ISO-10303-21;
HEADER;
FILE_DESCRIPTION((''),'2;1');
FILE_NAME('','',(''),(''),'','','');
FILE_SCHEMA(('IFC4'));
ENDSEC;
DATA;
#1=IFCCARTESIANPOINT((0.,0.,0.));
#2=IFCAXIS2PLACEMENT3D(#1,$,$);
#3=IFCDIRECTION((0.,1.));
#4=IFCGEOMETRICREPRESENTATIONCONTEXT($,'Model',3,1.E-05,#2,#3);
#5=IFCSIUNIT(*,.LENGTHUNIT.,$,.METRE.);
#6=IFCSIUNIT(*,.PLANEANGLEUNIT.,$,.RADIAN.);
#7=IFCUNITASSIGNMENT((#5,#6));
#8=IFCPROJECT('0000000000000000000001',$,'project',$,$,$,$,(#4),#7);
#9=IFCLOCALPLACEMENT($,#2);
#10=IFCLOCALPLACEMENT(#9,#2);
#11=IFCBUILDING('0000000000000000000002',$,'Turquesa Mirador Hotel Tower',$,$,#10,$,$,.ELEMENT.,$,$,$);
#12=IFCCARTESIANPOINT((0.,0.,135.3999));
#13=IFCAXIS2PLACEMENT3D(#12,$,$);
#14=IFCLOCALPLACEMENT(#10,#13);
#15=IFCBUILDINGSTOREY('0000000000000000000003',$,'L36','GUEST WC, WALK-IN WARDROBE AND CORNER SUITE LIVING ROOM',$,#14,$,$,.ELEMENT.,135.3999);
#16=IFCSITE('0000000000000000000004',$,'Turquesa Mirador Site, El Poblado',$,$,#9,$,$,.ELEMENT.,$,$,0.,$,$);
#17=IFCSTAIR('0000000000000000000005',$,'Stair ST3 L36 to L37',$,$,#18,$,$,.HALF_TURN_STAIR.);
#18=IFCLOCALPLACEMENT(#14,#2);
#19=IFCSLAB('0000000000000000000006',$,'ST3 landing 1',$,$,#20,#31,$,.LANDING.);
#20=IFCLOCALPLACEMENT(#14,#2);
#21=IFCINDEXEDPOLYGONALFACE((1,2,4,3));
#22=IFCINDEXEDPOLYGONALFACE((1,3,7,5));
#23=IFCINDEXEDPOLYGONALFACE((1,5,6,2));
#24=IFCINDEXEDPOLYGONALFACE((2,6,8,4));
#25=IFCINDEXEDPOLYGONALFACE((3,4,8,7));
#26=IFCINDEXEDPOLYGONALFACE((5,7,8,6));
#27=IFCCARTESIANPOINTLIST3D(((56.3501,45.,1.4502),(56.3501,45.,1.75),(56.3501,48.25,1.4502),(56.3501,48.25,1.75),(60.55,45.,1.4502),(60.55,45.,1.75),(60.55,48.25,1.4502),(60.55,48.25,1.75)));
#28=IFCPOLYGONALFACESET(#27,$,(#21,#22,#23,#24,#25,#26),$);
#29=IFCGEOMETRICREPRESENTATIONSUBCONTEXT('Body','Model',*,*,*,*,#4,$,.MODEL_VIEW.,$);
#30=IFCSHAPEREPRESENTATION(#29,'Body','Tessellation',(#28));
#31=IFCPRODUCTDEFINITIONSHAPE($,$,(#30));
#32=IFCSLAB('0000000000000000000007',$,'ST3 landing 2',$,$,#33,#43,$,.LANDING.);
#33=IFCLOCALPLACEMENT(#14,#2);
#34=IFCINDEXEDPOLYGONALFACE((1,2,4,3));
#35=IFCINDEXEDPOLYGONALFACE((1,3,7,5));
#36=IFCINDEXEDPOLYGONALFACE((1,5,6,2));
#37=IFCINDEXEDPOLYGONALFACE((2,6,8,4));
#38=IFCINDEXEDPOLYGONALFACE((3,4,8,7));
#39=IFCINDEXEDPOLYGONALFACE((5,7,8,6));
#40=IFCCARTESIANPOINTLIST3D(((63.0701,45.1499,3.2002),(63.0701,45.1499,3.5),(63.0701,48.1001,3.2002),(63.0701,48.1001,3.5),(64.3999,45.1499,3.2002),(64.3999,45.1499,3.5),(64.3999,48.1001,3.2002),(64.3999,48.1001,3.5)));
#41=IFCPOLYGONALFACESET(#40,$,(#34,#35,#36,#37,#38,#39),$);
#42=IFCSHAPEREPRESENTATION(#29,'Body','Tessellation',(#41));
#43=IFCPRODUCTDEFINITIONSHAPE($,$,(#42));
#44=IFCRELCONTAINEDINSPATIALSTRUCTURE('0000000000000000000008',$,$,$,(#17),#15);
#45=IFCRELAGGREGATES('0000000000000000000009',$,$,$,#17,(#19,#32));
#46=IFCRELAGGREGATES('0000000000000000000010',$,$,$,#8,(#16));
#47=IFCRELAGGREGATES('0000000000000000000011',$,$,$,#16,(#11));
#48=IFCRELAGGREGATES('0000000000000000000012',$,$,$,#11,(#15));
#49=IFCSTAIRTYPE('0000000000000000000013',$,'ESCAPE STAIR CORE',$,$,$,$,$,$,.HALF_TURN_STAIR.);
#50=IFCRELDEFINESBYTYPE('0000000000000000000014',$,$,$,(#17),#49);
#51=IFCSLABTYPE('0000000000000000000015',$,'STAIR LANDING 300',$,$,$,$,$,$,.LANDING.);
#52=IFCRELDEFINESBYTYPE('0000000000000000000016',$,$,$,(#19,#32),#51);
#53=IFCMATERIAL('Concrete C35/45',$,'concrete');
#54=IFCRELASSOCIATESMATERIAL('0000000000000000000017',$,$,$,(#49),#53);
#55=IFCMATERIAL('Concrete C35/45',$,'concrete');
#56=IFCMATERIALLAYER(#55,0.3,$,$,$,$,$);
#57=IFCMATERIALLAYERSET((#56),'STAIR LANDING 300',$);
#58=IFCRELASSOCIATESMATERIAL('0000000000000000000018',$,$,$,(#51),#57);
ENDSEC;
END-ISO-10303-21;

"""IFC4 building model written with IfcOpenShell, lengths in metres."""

from ifc_helpers import new_model, si_unit, direction, frame, origin, place, context, subcontext, project, spatial, polyline, outline, extrude, material, layer, layer_set, type_object, element, aggregate, save


model = new_model("IFC4")

# Units and contexts
model_context = context("Model", 3, precision=1e-05, world=origin(), true_north=direction((0.0, 1.0)))
body_context = subcontext(model_context, "Body", "Model", "MODEL_VIEW")
ifc_project = project(units=[si_unit("LENGTHUNIT", "METRE"), si_unit("PLANEANGLEUNIT", "RADIAN")], contexts=[model_context])

# Site, building, storey
site_placement = place(None, origin())
site = spatial("IfcSite", under=ifc_project, at=site_placement, Name="Turquesa Mirador Site, El Poblado", CompositionType="ELEMENT", RefElevation=0.0)
building_placement = place(site_placement, origin())
building = spatial("IfcBuilding", under=site, at=building_placement, Name="Turquesa Mirador Hotel Tower", CompositionType="ELEMENT")
storey_placement = place(building_placement, frame((0.0, 0.0, 135.3999)))
storey = spatial("IfcBuildingStorey", under=building, at=storey_placement, Name="L36", Description="GUEST WC, WALK-IN WARDROBE AND CORNER SUITE LIVING ROOM", CompositionType="ELEMENT", Elevation=135.3999)

# Stair, slabs
ifc_material_1 = material(Name="Concrete C35/45", Category="concrete")
stair_type = type_object("IfcStairType", Name="ESCAPE STAIR CORE", PredefinedType="HALF_TURN_STAIR", material=ifc_material_1)
ifc_material_2 = material(Name="Concrete C35/45", Category="concrete")
ifc_layer_1 = layer(ifc_material_2, 0.3)
ifc_layer_set_1 = layer_set([ifc_layer_1], Name="STAIR LANDING 300")
slab_type_1 = type_object("IfcSlabType", Name="STAIR LANDING 300", PredefinedType="LANDING", material=ifc_layer_set_1)
stair_1_placement = place(storey_placement, origin())
stair_1 = element("IfcStair", 1, at=stair_1_placement, inside=storey, type_object=stair_type, Name="Stair ST3 L36 to L37", PredefinedType="HALF_TURN_STAIR")
slab_1_placement = place(storey_placement, frame((0.0, 0.0, 1.4502)))
slab_1 = element("IfcSlab", 2, at=slab_1_placement, type_object=slab_type_1, Name="ST3 landing 1", PredefinedType="LANDING", context=body_context, shape_type="SweptSolid", body=[
    extrude(outline(polyline([(56.3501, 45.0), (60.55, 45.0), (60.55, 48.25), (56.3501, 48.25), (56.3501, 45.0)])), origin(), (0.0, 0.0, 1.0), 0.2998),
])
slab_2_placement = place(storey_placement, frame((0.0, 0.0, 3.2002)))
slab_2 = element("IfcSlab", 3, at=slab_2_placement, type_object=slab_type_1, Name="ST3 landing 2", PredefinedType="LANDING", context=body_context, shape_type="SweptSolid", body=[
    extrude(outline(polyline([(63.0701, 45.1499), (64.3999, 45.1499), (64.3999, 48.1001), (63.0701, 48.1001), (63.0701, 45.1499)])), origin(), (0.0, 0.0, 1.0), 0.2998),
])
aggregate(stair_1, [slab_1, slab_2])

save(model, "model.ifc")
